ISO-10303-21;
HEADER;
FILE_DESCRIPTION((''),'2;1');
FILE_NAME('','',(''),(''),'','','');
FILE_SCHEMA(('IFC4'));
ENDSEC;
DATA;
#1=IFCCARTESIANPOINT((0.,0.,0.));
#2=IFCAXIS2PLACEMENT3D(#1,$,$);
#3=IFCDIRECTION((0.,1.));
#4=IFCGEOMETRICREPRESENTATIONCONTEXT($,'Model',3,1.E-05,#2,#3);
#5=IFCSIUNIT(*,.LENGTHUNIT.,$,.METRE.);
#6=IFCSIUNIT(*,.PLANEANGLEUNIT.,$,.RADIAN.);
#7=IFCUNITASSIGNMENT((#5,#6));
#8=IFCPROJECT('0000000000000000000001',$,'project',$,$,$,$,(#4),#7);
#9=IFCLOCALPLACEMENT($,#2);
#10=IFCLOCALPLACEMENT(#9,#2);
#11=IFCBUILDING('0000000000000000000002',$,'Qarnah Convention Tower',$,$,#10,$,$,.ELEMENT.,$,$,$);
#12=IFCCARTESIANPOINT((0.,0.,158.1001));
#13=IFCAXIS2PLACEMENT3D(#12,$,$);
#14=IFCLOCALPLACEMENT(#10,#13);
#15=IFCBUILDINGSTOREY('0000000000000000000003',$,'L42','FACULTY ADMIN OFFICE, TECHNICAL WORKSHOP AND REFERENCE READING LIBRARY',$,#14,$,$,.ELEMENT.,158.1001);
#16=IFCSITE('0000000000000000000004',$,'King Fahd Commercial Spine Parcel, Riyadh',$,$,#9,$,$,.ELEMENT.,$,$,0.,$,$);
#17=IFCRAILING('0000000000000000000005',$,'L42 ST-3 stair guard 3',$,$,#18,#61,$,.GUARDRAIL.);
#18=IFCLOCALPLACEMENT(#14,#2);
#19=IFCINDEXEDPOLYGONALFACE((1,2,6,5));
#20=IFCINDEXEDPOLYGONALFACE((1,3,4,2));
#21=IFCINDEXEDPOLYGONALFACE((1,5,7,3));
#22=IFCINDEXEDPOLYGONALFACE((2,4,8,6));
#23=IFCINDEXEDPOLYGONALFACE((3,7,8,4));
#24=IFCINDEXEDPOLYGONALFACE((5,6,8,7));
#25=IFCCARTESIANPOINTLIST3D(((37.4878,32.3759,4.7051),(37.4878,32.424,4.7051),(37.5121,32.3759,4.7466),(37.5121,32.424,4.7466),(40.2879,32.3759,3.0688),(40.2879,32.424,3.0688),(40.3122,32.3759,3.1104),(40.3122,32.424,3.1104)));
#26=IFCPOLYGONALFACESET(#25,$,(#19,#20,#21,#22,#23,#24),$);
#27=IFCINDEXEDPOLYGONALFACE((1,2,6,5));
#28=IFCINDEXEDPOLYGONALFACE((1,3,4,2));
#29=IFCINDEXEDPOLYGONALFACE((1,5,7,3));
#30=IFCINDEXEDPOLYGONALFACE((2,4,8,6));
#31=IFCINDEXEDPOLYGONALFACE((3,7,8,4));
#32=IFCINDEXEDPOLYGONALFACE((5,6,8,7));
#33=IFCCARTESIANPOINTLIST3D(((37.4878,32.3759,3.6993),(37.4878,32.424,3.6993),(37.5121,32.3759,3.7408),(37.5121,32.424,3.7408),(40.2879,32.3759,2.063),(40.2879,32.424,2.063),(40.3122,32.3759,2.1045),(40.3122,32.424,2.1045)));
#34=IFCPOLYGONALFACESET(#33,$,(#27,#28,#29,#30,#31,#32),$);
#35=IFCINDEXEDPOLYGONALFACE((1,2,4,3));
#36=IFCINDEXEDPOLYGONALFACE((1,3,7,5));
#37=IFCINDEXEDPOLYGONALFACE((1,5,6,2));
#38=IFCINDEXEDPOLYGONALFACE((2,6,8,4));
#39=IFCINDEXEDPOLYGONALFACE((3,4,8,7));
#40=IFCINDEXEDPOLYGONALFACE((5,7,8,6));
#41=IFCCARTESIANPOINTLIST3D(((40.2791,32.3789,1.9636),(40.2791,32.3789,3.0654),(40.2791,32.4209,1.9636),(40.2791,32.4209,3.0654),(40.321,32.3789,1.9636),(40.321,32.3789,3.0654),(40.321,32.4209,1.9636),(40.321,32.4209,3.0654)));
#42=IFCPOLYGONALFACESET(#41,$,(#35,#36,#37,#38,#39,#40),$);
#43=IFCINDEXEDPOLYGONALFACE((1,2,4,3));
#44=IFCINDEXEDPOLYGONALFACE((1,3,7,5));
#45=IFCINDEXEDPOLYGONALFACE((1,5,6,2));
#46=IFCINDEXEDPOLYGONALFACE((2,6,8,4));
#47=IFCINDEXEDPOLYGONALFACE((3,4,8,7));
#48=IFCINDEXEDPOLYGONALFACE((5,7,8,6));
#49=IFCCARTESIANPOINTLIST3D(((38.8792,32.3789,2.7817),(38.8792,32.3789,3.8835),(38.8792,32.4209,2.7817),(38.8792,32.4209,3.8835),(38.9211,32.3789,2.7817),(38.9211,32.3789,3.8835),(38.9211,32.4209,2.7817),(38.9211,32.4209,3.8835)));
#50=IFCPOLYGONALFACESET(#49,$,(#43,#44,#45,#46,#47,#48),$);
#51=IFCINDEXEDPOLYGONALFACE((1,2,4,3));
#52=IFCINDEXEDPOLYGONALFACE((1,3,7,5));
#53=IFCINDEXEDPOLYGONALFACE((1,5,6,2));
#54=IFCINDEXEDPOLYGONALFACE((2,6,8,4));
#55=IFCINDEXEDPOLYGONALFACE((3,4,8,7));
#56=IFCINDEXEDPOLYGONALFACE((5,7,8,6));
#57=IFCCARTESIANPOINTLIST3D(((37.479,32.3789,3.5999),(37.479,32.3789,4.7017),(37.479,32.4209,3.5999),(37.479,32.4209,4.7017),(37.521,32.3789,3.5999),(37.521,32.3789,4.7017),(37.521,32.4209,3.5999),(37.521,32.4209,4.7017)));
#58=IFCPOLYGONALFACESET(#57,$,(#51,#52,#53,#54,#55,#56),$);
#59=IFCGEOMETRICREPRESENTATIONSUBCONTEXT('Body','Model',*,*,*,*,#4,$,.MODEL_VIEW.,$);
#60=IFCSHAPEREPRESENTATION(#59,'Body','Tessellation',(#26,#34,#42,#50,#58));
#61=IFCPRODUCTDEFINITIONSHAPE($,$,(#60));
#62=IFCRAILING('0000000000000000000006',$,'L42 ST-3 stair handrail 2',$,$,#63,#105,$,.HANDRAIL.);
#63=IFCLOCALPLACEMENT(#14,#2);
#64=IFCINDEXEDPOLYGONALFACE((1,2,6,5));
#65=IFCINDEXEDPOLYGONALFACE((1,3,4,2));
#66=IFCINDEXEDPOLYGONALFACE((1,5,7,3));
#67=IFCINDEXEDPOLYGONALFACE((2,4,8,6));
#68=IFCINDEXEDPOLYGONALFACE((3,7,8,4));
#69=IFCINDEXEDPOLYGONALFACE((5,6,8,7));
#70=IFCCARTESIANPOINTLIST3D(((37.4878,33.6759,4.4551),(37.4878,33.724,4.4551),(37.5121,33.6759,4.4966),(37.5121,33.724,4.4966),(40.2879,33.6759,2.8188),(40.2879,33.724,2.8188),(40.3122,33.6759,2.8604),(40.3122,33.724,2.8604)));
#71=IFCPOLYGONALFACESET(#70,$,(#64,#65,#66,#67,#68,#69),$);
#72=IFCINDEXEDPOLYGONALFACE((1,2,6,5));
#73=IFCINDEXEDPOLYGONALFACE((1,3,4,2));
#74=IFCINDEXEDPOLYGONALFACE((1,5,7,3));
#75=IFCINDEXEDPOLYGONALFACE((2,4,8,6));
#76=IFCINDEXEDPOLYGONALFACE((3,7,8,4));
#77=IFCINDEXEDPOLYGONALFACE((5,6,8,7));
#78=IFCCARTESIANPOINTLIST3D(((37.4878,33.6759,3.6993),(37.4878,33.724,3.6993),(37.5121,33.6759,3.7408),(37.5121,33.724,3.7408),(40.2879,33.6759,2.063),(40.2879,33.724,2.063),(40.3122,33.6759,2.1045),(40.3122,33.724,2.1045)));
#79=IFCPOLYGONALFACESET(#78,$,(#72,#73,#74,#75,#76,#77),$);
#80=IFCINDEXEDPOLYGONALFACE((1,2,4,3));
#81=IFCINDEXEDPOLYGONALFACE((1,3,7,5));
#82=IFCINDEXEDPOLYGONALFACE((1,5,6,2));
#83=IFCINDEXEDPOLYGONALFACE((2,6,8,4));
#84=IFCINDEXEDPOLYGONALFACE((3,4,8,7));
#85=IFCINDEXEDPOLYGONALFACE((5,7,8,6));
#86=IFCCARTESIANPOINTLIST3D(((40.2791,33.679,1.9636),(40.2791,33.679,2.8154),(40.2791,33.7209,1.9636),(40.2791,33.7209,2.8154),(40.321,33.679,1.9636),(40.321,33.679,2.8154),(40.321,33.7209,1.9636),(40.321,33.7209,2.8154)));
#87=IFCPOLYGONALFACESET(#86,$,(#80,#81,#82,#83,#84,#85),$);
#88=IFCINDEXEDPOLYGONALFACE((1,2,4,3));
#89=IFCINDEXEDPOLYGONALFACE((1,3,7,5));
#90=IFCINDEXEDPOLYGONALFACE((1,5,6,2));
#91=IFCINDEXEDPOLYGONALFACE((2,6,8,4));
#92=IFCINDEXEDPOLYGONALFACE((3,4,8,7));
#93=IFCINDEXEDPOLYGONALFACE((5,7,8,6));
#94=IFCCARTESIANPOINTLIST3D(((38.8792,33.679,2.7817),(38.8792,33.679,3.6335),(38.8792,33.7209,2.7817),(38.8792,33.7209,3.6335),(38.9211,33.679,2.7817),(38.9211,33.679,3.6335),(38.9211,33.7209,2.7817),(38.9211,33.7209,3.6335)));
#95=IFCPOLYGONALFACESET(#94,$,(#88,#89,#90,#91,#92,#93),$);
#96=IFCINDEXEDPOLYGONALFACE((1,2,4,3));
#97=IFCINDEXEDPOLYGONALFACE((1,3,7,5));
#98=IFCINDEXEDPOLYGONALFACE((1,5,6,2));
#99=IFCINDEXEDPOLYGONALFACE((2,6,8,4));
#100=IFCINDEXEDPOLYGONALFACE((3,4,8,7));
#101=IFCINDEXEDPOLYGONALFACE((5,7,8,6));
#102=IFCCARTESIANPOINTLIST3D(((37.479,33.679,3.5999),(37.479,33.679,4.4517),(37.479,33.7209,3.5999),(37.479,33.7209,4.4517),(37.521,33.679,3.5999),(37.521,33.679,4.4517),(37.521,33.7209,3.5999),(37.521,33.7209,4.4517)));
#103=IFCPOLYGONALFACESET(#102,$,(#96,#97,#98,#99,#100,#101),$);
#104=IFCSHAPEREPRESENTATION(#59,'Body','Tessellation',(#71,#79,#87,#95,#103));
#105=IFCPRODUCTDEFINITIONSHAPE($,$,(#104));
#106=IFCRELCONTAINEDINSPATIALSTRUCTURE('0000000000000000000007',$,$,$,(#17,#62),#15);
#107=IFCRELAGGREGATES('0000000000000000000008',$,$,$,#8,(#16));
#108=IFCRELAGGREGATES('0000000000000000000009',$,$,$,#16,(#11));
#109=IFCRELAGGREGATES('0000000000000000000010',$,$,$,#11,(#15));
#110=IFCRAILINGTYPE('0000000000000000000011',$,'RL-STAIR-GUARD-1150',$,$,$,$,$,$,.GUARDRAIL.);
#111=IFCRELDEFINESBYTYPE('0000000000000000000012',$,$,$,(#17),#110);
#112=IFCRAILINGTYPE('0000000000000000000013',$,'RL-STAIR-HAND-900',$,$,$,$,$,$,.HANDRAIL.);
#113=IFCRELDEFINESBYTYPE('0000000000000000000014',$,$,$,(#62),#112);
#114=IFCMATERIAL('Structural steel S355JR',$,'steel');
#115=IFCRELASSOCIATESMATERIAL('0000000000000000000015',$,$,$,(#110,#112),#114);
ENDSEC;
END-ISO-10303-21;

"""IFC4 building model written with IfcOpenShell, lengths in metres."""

from ifc_helpers import new_model, si_unit, direction, frame, origin, origin_2d, place, context, subcontext, project, spatial, rectangle, extrude, material, type_object, element, save


model = new_model("IFC4")

# Units and contexts
model_context = context("Model", 3, precision=1e-05, world=origin(), true_north=direction((0.0, 1.0)))
body_context = subcontext(model_context, "Body", "Model", "MODEL_VIEW")
ifc_project = project(units=[si_unit("LENGTHUNIT", "METRE"), si_unit("PLANEANGLEUNIT", "RADIAN")], contexts=[model_context])

# Site, building, storey
site_placement = place(None, origin())
site = spatial("IfcSite", under=ifc_project, at=site_placement, Name="King Fahd Commercial Spine Parcel, Riyadh", CompositionType="ELEMENT", RefElevation=0.0)
building_placement = place(site_placement, origin())
building = spatial("IfcBuilding", under=site, at=building_placement, Name="Qarnah Convention Tower", CompositionType="ELEMENT")
storey_placement = place(building_placement, frame((0.0, 0.0, 158.1001)))
storey = spatial("IfcBuildingStorey", under=building, at=storey_placement, Name="L42", Description="FACULTY ADMIN OFFICE, TECHNICAL WORKSHOP AND REFERENCE READING LIBRARY", CompositionType="ELEMENT", Elevation=158.1001)

# Shared definitions
ifc_material_1 = material(Name="Structural steel S355JR", Category="steel")

# Railings
railing_type_1 = type_object("IfcRailingType", Name="RL-STAIR-GUARD-1150", PredefinedType="GUARDRAIL", material=ifc_material_1)
railing_1_placement = place(storey_placement, frame((40.3, 32.3999, 1.9636)))
element("IfcRailing", 1, at=railing_1_placement, inside=storey, type_object=railing_type_1, Name="L42 ST-3 stair guard 3", PredefinedType="GUARDRAIL", context=body_context, shape_type="SweptSolid", body=[
    extrude(rectangle(XDim=0.0481, YDim=0.0481, at=origin_2d()), frame((0.0, 0.0, 1.126), z_axis=(-0.863394, 0.0, 0.504531), x_axis=(0.0, -1.0, 0.0)), (0.0, 0.0, 1.0), 3.2432),
    extrude(rectangle(XDim=0.0481, YDim=0.0481, at=origin_2d()), frame((0.0, 0.0, 0.1201), z_axis=(-0.863394, 0.0, 0.504531), x_axis=(0.0, -1.0, 0.0)), (0.0, 0.0, 1.0), 3.2432),
    extrude(rectangle(XDim=0.042, YDim=0.042, at=origin_2d()), origin(), (0.0, 0.0, 1.0), 1.1018),
    extrude(rectangle(XDim=0.042, YDim=0.042, at=origin_2d()), frame((-1.3999, 0.0, 0.8181)), (0.0, 0.0, 1.0), 1.1018),
    extrude(rectangle(XDim=0.042, YDim=0.042, at=origin_2d()), frame((-2.8, 0.0, 1.6362)), (0.0, 0.0, 1.0), 1.1018),
])
railing_type_2 = type_object("IfcRailingType", Name="RL-STAIR-HAND-900", PredefinedType="HANDRAIL", material=ifc_material_1)
railing_2_placement = place(storey_placement, frame((40.3, 33.7, 1.9636)))
element("IfcRailing", 2, at=railing_2_placement, inside=storey, type_object=railing_type_2, Name="L42 ST-3 stair handrail 2", PredefinedType="HANDRAIL", context=body_context, shape_type="SweptSolid", body=[
    extrude(rectangle(XDim=0.0481, YDim=0.0481, at=origin_2d()), frame((0.0, 0.0, 0.876), z_axis=(-0.863394, 0.0, 0.504531), x_axis=(0.0, -1.0, 0.0)), (0.0, 0.0, 1.0), 3.2432),
    extrude(rectangle(XDim=0.0481, YDim=0.0481, at=origin_2d()), frame((0.0, 0.0, 0.1201), z_axis=(-0.863394, 0.0, 0.504531), x_axis=(0.0, -1.0, 0.0)), (0.0, 0.0, 1.0), 3.2432),
    extrude(rectangle(XDim=0.042, YDim=0.042, at=origin_2d()), origin(), (0.0, 0.0, 1.0), 0.8518),
    extrude(rectangle(XDim=0.042, YDim=0.042, at=origin_2d()), frame((-1.3999, 0.0, 0.8181)), (0.0, 0.0, 1.0), 0.8518),
    extrude(rectangle(XDim=0.042, YDim=0.042, at=origin_2d()), frame((-2.8, 0.0, 1.6362)), (0.0, 0.0, 1.0), 0.8518),
])

save(model, "model.ifc")
